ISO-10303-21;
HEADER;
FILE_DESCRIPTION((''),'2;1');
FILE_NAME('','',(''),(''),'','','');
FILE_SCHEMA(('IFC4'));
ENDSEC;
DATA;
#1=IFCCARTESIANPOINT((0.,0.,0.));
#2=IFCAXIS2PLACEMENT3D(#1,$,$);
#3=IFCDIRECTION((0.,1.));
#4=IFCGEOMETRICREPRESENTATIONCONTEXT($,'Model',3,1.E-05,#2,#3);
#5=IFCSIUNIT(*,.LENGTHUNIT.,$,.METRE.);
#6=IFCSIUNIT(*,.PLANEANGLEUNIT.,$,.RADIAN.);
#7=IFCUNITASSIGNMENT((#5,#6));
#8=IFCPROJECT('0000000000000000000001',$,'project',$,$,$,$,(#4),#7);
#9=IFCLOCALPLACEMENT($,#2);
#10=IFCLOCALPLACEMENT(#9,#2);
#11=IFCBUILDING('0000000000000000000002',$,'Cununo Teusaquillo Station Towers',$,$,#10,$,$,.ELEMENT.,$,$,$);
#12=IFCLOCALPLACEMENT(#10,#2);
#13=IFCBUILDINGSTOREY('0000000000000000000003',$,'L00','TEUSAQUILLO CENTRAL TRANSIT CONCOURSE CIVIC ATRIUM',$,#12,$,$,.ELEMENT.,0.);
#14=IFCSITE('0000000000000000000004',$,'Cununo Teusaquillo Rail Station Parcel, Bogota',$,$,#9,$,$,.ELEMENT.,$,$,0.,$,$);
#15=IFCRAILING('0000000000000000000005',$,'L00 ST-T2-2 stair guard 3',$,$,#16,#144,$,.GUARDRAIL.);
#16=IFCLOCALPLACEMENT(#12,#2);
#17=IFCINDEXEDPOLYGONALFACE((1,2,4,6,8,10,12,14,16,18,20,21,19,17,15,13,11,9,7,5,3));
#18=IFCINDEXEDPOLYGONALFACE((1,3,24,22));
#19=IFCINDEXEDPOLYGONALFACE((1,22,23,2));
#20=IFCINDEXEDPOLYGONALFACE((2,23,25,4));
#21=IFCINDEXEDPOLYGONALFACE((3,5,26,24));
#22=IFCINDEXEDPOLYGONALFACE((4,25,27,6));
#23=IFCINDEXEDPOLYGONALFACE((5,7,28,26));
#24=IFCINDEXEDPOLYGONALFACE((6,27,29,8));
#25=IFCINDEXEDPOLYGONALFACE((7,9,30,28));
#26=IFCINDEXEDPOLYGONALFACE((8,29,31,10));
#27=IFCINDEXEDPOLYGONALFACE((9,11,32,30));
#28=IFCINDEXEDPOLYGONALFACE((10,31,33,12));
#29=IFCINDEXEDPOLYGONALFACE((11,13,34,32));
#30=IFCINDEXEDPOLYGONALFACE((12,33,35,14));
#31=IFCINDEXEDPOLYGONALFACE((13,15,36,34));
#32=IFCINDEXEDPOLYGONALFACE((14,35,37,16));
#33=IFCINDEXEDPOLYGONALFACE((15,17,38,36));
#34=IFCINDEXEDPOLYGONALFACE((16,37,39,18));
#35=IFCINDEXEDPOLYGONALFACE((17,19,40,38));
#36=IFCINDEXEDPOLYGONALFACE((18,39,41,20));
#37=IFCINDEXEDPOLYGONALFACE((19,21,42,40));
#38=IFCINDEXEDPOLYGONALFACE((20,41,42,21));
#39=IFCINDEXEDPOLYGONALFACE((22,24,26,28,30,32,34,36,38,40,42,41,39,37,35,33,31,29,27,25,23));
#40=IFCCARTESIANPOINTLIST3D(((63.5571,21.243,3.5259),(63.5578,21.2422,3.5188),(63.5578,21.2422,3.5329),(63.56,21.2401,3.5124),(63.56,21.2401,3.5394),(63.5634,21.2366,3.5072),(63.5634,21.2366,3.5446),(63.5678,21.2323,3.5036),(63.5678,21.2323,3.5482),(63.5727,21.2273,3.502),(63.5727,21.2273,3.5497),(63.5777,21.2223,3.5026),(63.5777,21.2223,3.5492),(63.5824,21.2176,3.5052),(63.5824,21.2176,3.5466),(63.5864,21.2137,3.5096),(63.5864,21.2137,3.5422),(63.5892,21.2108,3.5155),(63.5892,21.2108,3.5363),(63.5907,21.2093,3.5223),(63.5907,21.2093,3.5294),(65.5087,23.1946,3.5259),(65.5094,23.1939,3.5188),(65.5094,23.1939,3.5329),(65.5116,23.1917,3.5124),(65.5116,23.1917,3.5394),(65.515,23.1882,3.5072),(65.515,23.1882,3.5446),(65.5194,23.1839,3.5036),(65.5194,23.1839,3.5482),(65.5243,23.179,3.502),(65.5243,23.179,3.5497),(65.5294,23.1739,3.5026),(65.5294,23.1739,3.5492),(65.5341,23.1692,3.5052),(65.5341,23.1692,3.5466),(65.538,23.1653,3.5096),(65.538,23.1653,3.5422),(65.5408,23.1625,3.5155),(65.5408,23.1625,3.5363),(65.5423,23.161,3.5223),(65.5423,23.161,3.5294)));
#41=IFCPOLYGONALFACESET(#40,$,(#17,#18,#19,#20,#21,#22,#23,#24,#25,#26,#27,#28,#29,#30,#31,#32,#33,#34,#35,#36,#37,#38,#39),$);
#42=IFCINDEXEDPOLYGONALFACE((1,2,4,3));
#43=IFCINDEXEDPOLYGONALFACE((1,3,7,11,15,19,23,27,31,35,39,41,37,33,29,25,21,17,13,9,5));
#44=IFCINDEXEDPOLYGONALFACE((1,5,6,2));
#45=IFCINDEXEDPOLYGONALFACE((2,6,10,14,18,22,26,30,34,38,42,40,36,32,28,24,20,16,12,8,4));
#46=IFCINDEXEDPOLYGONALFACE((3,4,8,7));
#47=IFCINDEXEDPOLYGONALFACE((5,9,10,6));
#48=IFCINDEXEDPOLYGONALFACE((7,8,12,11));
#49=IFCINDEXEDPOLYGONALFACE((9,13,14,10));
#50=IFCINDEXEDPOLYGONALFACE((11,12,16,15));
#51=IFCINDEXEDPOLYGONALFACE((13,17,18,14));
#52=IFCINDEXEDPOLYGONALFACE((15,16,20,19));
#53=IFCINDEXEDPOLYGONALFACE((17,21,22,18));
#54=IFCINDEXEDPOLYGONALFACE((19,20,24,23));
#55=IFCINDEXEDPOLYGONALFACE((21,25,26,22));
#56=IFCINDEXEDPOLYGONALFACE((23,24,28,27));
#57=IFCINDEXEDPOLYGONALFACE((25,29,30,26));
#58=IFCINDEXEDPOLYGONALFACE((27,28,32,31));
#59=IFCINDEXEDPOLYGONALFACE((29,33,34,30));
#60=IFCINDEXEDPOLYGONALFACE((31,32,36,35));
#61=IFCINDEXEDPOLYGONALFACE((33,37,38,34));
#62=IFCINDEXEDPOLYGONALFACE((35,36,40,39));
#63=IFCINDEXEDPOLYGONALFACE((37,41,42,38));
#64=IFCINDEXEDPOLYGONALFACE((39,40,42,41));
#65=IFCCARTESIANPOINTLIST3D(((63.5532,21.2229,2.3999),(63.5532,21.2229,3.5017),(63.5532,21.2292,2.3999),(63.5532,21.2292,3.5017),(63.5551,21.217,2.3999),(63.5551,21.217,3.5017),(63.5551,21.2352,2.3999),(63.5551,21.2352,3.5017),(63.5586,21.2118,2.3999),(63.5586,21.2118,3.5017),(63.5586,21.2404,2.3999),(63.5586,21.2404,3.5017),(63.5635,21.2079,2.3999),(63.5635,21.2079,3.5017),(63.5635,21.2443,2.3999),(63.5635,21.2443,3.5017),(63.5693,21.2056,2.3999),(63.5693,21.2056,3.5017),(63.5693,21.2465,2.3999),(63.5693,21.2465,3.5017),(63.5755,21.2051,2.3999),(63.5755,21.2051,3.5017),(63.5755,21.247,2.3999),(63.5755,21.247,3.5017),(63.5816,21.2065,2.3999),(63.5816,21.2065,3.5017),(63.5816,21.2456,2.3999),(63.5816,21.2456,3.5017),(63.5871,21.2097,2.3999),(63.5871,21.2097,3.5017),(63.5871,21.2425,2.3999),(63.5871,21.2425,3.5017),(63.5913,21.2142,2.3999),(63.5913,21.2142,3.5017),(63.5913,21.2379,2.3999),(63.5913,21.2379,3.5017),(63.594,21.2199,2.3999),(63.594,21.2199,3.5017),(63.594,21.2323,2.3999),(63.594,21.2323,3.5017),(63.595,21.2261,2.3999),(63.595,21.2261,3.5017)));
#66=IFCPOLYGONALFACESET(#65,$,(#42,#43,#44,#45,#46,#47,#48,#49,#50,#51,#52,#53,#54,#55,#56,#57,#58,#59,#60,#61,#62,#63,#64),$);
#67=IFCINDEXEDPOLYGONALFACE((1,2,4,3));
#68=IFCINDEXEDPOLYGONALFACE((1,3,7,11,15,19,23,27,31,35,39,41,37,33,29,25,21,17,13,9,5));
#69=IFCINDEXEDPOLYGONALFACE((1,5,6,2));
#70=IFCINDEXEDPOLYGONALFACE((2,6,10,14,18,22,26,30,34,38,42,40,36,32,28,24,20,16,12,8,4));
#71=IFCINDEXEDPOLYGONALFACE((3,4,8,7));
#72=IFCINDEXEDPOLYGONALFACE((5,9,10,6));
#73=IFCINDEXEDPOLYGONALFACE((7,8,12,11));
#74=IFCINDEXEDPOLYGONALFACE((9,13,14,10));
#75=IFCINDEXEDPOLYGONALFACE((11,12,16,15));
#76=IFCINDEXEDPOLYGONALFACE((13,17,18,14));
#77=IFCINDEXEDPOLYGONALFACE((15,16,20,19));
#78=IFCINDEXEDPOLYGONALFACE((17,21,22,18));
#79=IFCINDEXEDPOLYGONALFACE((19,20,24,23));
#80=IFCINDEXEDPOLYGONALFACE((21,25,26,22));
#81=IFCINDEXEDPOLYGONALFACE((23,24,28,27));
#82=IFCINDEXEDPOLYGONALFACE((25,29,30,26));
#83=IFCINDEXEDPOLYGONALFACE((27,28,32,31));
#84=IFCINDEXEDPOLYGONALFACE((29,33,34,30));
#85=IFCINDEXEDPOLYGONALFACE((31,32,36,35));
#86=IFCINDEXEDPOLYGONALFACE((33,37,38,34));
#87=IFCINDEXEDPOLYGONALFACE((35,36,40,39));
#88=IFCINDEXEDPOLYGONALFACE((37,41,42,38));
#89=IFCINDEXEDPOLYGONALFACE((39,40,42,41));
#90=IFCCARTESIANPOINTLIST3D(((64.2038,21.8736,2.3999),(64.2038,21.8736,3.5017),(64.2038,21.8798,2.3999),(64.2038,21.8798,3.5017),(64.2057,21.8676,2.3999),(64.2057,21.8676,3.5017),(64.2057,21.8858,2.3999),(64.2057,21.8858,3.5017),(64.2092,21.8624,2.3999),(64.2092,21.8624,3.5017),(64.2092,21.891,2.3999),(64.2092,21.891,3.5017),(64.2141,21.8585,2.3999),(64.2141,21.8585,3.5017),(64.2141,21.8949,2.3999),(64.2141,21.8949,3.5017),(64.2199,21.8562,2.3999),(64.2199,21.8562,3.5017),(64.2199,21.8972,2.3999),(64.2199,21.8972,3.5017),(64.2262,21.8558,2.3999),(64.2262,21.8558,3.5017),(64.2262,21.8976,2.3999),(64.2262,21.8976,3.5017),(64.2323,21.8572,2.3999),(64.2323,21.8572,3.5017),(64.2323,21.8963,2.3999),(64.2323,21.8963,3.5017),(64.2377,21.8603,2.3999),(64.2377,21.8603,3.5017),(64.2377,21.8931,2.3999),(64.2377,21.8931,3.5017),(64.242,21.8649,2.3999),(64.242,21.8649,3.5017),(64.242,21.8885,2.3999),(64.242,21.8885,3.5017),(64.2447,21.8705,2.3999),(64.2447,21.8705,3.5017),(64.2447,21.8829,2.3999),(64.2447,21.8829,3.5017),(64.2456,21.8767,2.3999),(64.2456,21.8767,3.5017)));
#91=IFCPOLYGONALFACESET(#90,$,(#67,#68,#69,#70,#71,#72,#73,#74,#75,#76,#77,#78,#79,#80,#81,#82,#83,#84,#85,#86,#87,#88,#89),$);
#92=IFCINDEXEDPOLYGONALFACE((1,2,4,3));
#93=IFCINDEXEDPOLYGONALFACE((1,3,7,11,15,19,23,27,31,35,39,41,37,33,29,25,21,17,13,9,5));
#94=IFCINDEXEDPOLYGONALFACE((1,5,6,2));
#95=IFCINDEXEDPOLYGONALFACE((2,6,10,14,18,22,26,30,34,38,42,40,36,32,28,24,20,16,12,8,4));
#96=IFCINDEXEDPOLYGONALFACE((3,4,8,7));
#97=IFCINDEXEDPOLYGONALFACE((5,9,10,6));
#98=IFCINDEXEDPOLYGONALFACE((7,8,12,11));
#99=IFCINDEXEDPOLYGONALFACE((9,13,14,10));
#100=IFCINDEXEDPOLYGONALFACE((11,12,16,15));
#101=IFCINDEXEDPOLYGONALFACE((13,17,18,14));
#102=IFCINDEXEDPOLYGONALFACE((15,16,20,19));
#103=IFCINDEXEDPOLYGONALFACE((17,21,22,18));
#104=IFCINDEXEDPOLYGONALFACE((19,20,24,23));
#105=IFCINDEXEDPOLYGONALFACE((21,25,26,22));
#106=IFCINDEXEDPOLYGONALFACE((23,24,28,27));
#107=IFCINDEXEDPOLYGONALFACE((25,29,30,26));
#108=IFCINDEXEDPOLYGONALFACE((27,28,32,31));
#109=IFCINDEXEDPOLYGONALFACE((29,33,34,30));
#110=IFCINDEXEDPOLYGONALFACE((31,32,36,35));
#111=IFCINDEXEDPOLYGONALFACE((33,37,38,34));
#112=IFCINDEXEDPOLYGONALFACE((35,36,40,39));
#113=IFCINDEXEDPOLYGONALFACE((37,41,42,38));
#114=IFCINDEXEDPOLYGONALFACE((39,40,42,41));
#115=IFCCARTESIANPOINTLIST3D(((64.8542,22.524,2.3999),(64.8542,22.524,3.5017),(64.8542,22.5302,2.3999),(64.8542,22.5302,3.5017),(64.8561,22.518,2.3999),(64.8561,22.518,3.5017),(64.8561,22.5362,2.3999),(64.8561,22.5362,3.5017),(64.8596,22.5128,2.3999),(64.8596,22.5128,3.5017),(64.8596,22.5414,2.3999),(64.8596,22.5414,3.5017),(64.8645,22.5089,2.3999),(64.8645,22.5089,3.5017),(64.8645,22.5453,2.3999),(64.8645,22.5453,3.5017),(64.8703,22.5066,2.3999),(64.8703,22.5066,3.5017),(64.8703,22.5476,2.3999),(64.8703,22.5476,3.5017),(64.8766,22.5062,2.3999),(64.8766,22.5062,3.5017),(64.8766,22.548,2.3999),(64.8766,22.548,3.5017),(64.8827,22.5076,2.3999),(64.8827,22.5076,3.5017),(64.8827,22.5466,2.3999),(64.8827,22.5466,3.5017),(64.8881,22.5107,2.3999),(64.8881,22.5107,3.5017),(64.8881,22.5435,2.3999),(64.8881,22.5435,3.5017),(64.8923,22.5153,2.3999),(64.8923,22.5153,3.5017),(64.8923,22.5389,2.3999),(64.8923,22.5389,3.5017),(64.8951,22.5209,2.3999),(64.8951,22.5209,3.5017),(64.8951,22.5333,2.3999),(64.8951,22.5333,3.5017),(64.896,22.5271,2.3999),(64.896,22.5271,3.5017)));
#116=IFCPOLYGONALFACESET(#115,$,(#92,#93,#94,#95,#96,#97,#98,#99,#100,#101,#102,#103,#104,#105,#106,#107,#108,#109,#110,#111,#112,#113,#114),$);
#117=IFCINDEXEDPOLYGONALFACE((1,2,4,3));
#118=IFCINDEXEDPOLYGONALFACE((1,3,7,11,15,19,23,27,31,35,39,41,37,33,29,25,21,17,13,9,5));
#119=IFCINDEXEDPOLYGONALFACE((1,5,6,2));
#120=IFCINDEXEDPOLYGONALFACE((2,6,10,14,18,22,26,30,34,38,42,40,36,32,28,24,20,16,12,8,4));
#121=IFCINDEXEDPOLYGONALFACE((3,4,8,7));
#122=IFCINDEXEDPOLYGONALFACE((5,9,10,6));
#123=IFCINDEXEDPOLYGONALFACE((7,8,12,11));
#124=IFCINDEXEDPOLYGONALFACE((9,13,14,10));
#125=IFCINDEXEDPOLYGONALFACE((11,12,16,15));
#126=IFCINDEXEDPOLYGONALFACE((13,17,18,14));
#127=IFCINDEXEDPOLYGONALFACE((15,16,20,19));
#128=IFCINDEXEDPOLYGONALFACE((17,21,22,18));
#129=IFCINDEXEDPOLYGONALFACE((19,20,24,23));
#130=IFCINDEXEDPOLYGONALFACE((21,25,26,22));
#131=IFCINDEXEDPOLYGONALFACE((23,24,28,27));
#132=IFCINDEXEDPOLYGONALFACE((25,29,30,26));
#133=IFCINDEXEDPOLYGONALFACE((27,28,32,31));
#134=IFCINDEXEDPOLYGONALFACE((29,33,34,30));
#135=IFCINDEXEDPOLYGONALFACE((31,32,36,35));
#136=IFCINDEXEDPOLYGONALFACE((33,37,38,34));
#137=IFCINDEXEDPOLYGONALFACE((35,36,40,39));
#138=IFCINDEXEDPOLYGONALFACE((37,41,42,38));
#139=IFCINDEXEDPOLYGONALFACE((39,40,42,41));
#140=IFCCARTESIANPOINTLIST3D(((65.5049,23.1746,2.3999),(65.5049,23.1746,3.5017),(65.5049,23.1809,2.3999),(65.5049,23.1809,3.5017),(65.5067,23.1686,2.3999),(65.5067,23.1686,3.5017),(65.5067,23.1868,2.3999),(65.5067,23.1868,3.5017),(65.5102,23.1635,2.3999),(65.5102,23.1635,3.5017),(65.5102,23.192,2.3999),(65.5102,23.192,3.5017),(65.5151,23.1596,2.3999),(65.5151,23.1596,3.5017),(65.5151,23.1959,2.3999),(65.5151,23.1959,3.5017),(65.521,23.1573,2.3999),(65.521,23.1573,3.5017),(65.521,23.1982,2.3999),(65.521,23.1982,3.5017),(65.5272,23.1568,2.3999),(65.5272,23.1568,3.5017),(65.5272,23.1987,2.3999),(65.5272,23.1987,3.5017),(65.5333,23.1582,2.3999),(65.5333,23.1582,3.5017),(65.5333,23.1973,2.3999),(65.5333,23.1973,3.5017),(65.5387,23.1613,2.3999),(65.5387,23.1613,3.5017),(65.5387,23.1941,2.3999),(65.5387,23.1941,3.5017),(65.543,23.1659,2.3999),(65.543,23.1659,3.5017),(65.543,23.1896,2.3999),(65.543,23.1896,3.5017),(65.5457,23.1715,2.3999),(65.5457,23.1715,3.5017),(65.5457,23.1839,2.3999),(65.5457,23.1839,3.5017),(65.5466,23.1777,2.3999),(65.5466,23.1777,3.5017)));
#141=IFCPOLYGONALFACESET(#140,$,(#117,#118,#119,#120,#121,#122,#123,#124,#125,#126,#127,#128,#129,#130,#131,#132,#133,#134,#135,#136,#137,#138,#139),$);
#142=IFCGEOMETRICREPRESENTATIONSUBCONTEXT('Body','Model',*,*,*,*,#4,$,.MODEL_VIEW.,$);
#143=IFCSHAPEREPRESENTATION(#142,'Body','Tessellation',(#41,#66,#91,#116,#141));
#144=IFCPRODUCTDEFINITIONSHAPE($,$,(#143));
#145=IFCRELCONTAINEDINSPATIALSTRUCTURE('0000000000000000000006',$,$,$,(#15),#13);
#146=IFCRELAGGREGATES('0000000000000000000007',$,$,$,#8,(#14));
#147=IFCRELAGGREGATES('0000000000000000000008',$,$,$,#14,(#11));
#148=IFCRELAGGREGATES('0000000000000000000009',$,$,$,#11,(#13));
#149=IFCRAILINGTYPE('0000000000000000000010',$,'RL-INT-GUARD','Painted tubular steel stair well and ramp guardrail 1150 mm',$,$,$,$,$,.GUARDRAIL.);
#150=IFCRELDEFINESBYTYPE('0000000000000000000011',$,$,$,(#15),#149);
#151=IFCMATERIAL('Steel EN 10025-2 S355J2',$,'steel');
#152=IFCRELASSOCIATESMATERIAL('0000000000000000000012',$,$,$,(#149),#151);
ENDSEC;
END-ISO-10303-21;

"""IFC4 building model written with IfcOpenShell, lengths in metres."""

from ifc_helpers import new_model, si_unit, direction, frame, origin, origin_2d, place, context, subcontext, project, spatial, circle, extrude, material, type_object, element, save


model = new_model("IFC4")

# Units and contexts
model_context = context("Model", 3, precision=1e-05, world=origin(), true_north=direction((0.0, 1.0)))
body_context = subcontext(model_context, "Body", "Model", "MODEL_VIEW")
ifc_project = project(units=[si_unit("LENGTHUNIT", "METRE"), si_unit("PLANEANGLEUNIT", "RADIAN")], contexts=[model_context])

# Site, building, storey
site_placement = place(None, origin())
site = spatial("IfcSite", under=ifc_project, at=site_placement, Name="Cununo Teusaquillo Rail Station Parcel, Bogota", CompositionType="ELEMENT", RefElevation=0.0)
building_placement = place(site_placement, origin())
building = spatial("IfcBuilding", under=site, at=building_placement, Name="Cununo Teusaquillo Station Towers", CompositionType="ELEMENT")
storey_placement = place(building_placement, origin())
storey = spatial("IfcBuildingStorey", under=building, at=storey_placement, Name="L00", Description="TEUSAQUILLO CENTRAL TRANSIT CONCOURSE CIVIC ATRIUM", CompositionType="ELEMENT", Elevation=0.0)

# Railing
ifc_material_1 = material(Name="Steel EN 10025-2 S355J2", Category="steel")
railing_type = type_object("IfcRailingType", Name="RL-INT-GUARD", Description="Painted tubular steel stair well and ramp guardrail 1150 mm", PredefinedType="GUARDRAIL", material=ifc_material_1)
railing_1_placement = place(storey_placement, frame((63.574, 21.2261, 2.3999)))
element("IfcRailing", 1, at=railing_1_placement, inside=storey, type_object=railing_type, Name="L00 ST-T2-2 stair guard 3", PredefinedType="GUARDRAIL", context=body_context, shape_type="SweptSolid", body=[
    extrude(circle(Radius=0.0239, at=origin_2d()), frame((0.0, 0.0, 1.126), z_axis=(0.707107, 0.707107, 0.0), x_axis=(-0.707107, 0.707107, 0.0)), (0.0, 0.0, 1.0), 2.76),
    extrude(circle(Radius=0.021, at=origin_2d()), origin(), (0.0, 0.0, 1.0), 1.1018),
    extrude(circle(Radius=0.021, at=origin_2d()), frame((0.6506, 0.6506, 0.0)), (0.0, 0.0, 1.0), 1.1018),
    extrude(circle(Radius=0.021, at=origin_2d()), frame((1.301, 1.301, 0.0)), (0.0, 0.0, 1.0), 1.1018),
    extrude(circle(Radius=0.021, at=origin_2d()), frame((1.9517, 1.9517, 0.0)), (0.0, 0.0, 1.0), 1.1018),
])

save(model, "model.ifc")
